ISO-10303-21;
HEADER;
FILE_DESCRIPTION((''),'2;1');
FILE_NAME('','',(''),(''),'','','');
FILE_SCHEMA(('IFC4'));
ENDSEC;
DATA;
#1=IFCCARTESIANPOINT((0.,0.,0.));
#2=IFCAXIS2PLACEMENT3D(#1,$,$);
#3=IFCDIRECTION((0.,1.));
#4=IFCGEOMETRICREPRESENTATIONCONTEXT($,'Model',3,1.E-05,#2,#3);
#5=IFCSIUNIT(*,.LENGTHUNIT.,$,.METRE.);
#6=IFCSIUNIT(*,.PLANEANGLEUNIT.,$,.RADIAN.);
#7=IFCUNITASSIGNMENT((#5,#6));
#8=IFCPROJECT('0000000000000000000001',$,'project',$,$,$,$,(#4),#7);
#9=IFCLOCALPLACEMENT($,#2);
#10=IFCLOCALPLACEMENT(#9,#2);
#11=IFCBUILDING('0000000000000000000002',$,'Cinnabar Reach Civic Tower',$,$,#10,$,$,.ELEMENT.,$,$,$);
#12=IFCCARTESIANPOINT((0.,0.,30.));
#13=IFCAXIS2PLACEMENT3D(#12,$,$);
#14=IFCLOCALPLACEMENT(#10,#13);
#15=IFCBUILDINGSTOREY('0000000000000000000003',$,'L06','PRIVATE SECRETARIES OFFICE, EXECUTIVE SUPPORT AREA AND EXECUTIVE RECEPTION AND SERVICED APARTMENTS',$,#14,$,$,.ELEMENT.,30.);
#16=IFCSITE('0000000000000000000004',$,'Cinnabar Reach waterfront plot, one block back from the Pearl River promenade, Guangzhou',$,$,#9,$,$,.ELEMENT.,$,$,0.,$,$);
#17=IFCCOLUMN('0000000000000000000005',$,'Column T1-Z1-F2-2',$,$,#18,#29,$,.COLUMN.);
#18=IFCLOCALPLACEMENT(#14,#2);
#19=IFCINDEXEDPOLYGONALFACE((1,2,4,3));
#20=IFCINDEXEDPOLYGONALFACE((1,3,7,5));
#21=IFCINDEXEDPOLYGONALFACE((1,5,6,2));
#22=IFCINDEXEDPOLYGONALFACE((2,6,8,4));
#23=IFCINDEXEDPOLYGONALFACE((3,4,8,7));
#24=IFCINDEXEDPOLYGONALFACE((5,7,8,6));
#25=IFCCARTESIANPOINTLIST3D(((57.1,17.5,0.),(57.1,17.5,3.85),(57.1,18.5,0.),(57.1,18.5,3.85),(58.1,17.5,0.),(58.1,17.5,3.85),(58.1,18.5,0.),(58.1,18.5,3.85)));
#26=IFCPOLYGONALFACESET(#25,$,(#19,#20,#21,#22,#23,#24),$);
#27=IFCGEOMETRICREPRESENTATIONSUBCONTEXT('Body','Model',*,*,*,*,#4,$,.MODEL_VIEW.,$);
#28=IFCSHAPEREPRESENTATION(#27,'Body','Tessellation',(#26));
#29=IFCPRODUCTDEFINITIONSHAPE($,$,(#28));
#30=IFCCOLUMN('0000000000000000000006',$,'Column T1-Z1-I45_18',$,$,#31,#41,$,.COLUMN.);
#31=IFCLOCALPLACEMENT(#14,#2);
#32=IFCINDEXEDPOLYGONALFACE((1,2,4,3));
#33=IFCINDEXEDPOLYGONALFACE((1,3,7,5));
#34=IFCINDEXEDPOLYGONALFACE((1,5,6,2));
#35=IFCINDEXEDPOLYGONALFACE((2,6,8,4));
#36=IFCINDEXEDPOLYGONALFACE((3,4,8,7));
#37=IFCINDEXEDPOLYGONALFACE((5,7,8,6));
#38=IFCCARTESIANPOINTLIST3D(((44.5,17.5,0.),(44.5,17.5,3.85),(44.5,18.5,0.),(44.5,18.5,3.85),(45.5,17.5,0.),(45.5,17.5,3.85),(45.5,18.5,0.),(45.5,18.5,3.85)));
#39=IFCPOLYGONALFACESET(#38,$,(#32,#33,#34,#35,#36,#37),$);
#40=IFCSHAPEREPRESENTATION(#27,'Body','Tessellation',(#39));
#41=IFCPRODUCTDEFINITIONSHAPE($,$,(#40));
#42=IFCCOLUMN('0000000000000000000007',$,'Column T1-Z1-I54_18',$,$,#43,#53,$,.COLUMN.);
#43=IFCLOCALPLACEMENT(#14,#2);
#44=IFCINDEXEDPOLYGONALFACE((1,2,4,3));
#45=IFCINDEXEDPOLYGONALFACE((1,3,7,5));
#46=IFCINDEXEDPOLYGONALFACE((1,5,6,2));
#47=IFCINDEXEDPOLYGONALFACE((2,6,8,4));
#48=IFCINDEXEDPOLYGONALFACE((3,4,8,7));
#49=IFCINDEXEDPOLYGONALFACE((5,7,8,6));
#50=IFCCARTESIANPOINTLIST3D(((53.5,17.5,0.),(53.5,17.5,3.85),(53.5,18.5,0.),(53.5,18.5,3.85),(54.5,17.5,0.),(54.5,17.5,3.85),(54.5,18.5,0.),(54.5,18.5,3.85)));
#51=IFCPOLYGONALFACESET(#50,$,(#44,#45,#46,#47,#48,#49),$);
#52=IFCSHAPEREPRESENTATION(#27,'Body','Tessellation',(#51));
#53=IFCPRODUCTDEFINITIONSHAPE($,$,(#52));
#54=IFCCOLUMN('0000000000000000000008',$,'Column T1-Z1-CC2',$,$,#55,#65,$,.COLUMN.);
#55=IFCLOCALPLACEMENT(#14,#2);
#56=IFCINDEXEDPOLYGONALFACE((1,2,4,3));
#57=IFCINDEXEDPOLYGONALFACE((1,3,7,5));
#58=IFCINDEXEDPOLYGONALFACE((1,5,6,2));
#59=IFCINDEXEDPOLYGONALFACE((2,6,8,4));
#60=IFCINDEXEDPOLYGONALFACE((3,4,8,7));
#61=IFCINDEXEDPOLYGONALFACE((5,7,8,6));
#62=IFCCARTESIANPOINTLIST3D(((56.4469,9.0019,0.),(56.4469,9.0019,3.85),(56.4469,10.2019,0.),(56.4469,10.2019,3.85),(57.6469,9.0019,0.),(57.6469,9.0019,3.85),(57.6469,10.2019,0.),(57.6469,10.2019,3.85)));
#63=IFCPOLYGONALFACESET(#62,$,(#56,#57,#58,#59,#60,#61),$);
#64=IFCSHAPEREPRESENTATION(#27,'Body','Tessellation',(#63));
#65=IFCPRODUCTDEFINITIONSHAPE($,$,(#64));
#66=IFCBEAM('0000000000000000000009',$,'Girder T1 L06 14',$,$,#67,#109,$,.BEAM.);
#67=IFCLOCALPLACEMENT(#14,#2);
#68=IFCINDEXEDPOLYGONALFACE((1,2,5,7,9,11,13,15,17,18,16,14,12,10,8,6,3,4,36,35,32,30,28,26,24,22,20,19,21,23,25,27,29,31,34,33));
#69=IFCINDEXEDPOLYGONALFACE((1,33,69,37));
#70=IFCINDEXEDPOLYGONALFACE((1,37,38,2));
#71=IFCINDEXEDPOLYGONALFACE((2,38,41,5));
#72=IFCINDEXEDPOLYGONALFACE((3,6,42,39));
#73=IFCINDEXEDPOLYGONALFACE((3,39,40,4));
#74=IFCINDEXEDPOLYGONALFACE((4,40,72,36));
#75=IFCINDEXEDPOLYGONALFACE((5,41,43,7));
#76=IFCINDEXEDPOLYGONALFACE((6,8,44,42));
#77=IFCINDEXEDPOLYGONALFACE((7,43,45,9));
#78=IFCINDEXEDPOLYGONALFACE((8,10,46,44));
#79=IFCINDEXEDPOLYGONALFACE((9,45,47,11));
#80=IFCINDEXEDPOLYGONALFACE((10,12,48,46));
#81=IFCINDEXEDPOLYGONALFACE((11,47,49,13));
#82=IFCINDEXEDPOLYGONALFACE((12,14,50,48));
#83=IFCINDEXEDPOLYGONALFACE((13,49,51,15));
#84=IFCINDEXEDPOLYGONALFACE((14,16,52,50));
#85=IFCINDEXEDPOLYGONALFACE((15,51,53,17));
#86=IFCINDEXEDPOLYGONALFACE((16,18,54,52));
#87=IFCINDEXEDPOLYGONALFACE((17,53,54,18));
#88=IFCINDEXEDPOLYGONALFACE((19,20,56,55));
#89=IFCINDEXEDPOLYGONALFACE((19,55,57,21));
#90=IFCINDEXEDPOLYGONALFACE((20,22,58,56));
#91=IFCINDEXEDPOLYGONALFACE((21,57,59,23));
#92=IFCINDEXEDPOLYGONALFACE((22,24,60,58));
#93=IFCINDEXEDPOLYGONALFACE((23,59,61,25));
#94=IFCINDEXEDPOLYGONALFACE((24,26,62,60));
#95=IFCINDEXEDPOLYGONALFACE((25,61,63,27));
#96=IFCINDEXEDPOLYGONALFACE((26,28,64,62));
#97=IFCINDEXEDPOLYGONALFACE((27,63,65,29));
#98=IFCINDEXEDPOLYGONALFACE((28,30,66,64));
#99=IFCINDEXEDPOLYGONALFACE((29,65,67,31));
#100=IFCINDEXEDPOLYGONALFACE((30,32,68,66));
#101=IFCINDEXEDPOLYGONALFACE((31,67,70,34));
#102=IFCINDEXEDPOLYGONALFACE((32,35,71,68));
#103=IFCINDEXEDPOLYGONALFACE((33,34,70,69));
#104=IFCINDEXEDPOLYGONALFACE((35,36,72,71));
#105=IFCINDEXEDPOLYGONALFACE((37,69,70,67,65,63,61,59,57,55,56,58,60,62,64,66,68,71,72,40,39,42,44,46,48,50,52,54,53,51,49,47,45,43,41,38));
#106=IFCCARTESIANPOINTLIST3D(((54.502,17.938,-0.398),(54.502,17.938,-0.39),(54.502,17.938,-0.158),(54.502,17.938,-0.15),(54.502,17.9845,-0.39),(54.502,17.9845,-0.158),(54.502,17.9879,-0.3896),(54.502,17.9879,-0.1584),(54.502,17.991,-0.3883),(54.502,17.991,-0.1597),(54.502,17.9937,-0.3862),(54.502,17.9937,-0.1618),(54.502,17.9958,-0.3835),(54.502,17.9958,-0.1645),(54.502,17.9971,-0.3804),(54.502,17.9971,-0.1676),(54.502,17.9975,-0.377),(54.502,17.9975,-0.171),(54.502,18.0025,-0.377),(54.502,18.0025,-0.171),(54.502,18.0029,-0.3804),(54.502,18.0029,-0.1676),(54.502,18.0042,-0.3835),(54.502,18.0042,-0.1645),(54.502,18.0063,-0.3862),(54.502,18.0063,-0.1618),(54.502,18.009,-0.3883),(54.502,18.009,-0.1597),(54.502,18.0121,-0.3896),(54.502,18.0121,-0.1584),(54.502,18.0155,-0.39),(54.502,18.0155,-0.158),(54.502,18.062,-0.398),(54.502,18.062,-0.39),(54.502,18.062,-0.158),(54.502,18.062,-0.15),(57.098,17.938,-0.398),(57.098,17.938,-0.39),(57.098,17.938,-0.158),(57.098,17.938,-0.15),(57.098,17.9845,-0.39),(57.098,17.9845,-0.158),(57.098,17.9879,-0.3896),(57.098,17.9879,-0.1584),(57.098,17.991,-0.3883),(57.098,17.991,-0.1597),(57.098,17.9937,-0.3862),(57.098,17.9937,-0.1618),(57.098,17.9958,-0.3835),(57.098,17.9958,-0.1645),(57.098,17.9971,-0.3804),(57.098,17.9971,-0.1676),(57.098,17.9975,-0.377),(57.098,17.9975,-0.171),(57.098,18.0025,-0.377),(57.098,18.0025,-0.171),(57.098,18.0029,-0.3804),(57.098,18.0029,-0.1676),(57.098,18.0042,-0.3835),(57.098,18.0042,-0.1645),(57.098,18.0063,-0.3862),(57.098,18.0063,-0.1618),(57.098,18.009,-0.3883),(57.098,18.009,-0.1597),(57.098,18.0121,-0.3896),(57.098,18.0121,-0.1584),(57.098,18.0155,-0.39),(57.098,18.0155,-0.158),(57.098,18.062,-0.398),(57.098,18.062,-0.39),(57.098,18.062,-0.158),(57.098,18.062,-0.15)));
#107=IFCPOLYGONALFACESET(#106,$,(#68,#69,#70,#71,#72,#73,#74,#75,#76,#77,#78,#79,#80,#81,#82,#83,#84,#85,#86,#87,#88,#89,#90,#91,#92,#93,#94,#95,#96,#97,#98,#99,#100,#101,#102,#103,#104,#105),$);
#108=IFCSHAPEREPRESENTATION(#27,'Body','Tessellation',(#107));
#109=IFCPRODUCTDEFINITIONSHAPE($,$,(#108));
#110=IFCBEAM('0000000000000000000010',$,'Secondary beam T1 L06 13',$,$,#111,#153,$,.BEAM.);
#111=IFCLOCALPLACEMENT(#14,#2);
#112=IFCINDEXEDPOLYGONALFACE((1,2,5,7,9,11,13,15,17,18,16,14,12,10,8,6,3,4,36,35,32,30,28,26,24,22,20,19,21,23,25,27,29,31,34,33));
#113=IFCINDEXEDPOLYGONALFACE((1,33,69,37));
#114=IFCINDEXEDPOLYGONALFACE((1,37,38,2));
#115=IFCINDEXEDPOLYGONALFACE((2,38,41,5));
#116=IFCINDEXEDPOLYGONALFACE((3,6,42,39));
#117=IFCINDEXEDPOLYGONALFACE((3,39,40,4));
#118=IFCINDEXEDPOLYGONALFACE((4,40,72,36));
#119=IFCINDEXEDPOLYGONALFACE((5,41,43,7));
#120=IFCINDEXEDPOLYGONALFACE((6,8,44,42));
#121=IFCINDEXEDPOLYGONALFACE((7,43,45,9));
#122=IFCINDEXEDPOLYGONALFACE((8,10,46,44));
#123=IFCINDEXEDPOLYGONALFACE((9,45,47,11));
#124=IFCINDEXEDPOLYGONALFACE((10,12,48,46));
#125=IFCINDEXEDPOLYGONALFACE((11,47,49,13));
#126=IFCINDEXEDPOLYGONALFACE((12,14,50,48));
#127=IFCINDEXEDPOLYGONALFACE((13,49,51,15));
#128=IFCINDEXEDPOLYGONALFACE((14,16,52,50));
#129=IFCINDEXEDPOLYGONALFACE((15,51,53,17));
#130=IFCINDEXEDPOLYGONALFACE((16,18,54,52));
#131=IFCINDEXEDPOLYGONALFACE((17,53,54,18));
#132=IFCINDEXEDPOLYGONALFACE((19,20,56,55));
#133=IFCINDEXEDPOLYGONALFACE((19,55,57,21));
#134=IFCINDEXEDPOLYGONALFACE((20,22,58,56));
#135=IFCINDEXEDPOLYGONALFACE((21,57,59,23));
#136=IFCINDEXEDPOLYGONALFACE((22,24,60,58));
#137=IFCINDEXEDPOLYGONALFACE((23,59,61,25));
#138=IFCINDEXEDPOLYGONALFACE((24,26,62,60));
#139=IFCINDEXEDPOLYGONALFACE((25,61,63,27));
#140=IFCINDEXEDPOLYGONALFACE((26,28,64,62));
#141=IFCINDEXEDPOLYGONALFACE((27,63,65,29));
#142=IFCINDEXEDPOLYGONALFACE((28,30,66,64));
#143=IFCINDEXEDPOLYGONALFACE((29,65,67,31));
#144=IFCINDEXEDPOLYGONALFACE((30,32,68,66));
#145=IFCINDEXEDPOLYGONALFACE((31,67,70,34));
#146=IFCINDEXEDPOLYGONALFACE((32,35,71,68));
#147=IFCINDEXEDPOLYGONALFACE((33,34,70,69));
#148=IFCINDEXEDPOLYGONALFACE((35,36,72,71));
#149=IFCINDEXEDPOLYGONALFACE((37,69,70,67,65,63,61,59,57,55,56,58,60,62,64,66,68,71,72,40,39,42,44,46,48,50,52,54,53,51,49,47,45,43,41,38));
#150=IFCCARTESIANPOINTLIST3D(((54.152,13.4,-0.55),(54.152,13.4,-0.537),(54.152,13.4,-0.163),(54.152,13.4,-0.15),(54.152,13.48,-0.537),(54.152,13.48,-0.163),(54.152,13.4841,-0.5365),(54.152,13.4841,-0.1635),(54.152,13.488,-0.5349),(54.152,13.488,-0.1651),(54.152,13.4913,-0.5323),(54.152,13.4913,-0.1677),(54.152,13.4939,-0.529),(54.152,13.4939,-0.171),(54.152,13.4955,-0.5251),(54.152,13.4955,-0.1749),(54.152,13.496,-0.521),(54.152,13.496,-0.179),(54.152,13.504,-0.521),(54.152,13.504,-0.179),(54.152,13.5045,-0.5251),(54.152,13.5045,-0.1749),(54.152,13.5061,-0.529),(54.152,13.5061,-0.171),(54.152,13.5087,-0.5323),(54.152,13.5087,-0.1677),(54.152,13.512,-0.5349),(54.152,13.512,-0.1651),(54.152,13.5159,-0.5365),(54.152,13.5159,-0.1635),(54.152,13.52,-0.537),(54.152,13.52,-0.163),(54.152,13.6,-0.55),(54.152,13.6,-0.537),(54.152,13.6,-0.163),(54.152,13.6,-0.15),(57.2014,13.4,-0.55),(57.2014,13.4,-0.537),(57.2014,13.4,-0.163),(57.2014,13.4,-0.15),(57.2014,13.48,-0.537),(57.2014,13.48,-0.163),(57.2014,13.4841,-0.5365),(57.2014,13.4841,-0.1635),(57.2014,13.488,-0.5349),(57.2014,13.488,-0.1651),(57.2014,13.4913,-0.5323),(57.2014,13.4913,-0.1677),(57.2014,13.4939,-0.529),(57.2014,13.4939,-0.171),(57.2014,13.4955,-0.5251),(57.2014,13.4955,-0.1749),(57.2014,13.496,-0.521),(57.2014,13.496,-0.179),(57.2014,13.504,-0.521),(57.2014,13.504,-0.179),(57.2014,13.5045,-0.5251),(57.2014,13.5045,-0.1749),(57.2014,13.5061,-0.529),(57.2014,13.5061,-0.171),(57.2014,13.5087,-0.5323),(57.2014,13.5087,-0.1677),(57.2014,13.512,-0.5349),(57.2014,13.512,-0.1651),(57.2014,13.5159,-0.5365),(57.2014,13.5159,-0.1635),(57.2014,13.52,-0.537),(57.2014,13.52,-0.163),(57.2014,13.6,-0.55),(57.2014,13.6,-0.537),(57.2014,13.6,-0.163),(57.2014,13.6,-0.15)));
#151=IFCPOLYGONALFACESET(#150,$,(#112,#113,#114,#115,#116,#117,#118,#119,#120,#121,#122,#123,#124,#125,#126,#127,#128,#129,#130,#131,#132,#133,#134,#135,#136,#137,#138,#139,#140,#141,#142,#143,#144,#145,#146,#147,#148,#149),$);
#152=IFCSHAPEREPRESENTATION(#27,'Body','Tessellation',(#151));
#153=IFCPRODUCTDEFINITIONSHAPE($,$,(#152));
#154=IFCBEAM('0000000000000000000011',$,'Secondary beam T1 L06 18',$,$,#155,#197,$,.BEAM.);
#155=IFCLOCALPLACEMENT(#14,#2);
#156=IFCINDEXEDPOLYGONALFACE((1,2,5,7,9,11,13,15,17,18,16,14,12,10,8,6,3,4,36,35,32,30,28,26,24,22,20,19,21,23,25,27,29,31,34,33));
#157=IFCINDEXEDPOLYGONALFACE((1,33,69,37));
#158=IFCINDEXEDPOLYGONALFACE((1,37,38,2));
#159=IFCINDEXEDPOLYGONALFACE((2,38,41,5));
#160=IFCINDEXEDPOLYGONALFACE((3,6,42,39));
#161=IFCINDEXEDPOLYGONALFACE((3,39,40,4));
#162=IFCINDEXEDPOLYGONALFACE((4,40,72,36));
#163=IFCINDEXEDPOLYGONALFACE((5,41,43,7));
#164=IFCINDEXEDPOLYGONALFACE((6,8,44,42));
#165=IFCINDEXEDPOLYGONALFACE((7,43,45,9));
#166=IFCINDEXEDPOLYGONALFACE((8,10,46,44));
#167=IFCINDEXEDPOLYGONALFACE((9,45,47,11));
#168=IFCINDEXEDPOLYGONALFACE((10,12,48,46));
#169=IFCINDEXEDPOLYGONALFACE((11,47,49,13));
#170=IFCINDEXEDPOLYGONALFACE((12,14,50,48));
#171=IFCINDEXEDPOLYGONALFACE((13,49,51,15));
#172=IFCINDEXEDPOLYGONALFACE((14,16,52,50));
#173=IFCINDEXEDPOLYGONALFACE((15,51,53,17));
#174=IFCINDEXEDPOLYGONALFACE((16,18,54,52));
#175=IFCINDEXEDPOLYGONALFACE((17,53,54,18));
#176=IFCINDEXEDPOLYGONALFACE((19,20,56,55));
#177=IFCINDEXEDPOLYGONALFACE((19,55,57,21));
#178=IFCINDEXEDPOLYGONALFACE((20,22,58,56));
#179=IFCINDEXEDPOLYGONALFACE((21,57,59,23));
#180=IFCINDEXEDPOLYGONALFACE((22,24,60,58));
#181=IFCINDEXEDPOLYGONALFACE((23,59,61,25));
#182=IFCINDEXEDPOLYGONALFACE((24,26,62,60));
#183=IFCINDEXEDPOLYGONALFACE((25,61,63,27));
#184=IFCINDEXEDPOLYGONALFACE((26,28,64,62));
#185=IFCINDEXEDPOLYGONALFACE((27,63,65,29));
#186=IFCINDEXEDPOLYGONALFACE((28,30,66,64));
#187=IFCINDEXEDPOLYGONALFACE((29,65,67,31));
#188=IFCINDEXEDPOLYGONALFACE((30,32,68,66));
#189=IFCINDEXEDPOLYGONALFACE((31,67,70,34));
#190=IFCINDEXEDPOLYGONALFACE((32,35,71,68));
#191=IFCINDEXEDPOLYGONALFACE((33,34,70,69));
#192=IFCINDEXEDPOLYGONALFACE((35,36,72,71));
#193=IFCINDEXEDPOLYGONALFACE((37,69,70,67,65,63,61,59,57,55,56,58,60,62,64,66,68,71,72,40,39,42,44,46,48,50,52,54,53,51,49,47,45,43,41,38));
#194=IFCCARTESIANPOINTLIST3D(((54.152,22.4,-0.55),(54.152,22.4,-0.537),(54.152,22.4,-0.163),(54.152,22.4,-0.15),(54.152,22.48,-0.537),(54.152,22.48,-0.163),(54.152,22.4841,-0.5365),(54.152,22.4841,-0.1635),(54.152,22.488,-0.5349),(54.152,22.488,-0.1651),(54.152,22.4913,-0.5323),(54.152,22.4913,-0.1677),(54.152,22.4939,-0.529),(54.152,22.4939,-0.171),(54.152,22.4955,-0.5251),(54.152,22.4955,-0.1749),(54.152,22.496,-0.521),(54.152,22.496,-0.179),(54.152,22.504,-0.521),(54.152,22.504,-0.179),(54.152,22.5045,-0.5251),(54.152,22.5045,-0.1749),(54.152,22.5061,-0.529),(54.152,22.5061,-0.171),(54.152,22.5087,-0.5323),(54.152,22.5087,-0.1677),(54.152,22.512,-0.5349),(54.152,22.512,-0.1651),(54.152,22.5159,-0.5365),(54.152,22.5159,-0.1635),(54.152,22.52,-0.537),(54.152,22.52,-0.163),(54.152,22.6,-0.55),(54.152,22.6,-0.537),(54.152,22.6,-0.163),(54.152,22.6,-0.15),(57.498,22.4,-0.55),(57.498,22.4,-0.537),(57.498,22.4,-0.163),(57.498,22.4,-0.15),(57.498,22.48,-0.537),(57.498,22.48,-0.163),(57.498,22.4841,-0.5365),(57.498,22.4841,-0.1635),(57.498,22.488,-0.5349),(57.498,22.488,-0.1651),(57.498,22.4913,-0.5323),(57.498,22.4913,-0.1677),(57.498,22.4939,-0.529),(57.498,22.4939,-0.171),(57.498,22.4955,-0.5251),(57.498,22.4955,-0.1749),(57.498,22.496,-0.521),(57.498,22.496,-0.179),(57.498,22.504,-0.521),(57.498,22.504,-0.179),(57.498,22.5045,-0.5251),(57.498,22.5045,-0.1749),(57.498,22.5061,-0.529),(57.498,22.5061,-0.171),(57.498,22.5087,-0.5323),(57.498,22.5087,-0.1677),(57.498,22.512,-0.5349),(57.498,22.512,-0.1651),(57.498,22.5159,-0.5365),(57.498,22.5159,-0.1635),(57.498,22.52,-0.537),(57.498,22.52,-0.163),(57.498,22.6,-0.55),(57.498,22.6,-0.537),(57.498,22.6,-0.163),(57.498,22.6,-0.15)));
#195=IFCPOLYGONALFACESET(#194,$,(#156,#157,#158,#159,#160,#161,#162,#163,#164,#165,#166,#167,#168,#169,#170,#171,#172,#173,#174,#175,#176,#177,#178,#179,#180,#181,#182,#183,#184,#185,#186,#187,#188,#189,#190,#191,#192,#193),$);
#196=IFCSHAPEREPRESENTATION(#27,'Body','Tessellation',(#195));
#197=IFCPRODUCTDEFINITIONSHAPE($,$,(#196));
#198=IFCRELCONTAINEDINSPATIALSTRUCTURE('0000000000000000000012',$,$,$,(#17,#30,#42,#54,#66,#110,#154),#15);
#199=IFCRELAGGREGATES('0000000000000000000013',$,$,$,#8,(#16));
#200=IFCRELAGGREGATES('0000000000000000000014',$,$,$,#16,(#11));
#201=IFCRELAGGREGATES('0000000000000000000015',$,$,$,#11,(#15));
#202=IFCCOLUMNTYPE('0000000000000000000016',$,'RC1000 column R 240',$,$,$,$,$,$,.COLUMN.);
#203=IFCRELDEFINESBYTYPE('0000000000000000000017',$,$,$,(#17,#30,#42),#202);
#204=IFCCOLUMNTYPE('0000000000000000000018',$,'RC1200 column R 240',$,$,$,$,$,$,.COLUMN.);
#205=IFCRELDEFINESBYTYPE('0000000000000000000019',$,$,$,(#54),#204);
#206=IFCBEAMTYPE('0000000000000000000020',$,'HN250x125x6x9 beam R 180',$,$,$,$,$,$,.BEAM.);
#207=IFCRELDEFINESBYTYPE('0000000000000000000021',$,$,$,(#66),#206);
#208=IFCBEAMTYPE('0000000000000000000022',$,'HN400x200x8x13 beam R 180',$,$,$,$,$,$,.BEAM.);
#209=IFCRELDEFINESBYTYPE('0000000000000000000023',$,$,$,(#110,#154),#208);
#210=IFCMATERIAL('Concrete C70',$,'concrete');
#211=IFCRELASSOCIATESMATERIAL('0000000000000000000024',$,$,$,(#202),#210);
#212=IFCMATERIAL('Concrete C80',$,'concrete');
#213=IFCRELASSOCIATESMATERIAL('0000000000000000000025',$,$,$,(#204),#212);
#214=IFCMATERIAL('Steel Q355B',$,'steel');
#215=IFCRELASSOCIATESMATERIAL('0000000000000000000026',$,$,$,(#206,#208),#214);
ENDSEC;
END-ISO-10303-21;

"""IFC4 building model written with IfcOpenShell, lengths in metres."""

from ifc_helpers import new_model, si_unit, direction, frame, origin, origin_2d, place, context, subcontext, project, spatial, rectangle, i_section, extrude, material, material_profile, profile_set, type_object, element, save


model = new_model("IFC4")

# Units and contexts
model_context = context("Model", 3, precision=1e-05, world=origin(), true_north=direction((0.0, 1.0)))
body_context = subcontext(model_context, "Body", "Model", "MODEL_VIEW")
ifc_project = project(units=[si_unit("LENGTHUNIT", "METRE"), si_unit("PLANEANGLEUNIT", "RADIAN")], contexts=[model_context])

# Site, building, storey
site_placement = place(None, origin())
site = spatial("IfcSite", under=ifc_project, at=site_placement, Name="Cinnabar Reach waterfront plot, one block back from the Pearl River promenade, Guangzhou", CompositionType="ELEMENT", RefElevation=0.0)
building_placement = place(site_placement, origin())
building = spatial("IfcBuilding", under=site, at=building_placement, Name="Cinnabar Reach Civic Tower", CompositionType="ELEMENT")
storey_placement = place(building_placement, frame((0.0, 0.0, 30.0)))
storey = spatial("IfcBuildingStorey", under=building, at=storey_placement, Name="L06", Description="PRIVATE SECRETARIES OFFICE, EXECUTIVE SUPPORT AREA AND EXECUTIVE RECEPTION AND SERVICED APARTMENTS", CompositionType="ELEMENT", Elevation=30.0)

# Columns
ifc_material_1 = material(Name="Concrete C70", Category="concrete")
ifc_material_profile_1 = material_profile(ifc_material_1, rectangle(XDim=1.0, YDim=1.0, at=origin_2d()), Name="RC1000")
ifc_profile_set_1 = profile_set([ifc_material_profile_1], Name="Concrete C70")
column_type_1 = type_object("IfcColumnType", Name="RC1000 column R 240", PredefinedType="COLUMN", material=ifc_profile_set_1)
for number, where, z_axis, x_axis, name in (
    (1, (57.6, 18.0, 0.0), (0.0, 0.0, 1.0), (1.0, 0.0, 0.0), "Column T1-Z1-F2-2"),
    (2, (45.0, 18.0, 0.0), (0.0, 0.0, 1.0), (1.0, 0.0, 0.0), "Column T1-Z1-I45_18"),
    (3, (54.0, 18.0, 0.0), (0.0, 0.0, 1.0), (1.0, 0.0, 0.0), "Column T1-Z1-I54_18"),
):
    element("IfcColumn", number, at=place(storey_placement, frame(where, z_axis=z_axis, x_axis=x_axis)), inside=storey, type_object=column_type_1, Name=name, PredefinedType="COLUMN", context=body_context, shape_type="SweptSolid", body=[
        extrude(rectangle(XDim=1.0, YDim=1.0, at=origin_2d()), origin(), (0.0, 0.0, 1.0), 3.85),
    ])
ifc_material_2 = material(Name="Concrete C80", Category="concrete")
ifc_material_profile_2 = material_profile(ifc_material_2, rectangle(XDim=1.2, YDim=1.2, at=origin_2d()), Name="RC1200")
ifc_profile_set_2 = profile_set([ifc_material_profile_2], Name="Concrete C80")
column_type_2 = type_object("IfcColumnType", Name="RC1200 column R 240", PredefinedType="COLUMN", material=ifc_profile_set_2)
column_placement = place(storey_placement, frame((57.0469, 9.6019, 0.0), z_axis=(0.0, 0.0, 1.0), x_axis=(1.0, 0.0, 0.0)))
element("IfcColumn", 4, at=column_placement, inside=storey, type_object=column_type_2, Name="Column T1-Z1-CC2", PredefinedType="COLUMN", context=body_context, shape_type="SweptSolid", body=[
    extrude(rectangle(XDim=1.2, YDim=1.2, at=origin_2d()), origin(), (0.0, 0.0, 1.0), 3.85),
])

# Beams
ifc_material_3 = material(Name="Steel Q355B", Category="steel")
ifc_material_profile_3 = material_profile(ifc_material_3, i_section(OverallWidth=0.124, OverallDepth=0.248, WebThickness=0.005, FlangeThickness=0.008, FilletRadius=0.013, at=origin_2d()), Name="HN250x125x6x9")
ifc_profile_set_3 = profile_set([ifc_material_profile_3], Name="Steel Q355B")
beam_type_1 = type_object("IfcBeamType", Name="HN250x125x6x9 beam R 180", PredefinedType="BEAM", material=ifc_profile_set_3)
beam_1_placement = place(storey_placement, frame((54.502, 18.0, -0.274), z_axis=(1.0, 0.0, 0.0), x_axis=(0.0, 1.0, 0.0)))
element("IfcBeam", 5, at=beam_1_placement, inside=storey, type_object=beam_type_1, Name="Girder T1 L06 14", PredefinedType="BEAM", context=body_context, shape_type="SweptSolid", body=[
    extrude(i_section(OverallWidth=0.124, OverallDepth=0.248, WebThickness=0.005, FlangeThickness=0.008, FilletRadius=0.013, at=origin_2d()), origin(), (0.0, 0.0, 1.0), 2.596),
])
ifc_material_profile_4 = material_profile(ifc_material_3, i_section(OverallWidth=0.2, OverallDepth=0.4, WebThickness=0.008, FlangeThickness=0.013, FilletRadius=0.016, at=origin_2d()), Name="HN400x200x8x13")
ifc_profile_set_4 = profile_set([ifc_material_profile_4], Name="Steel Q355B")
beam_type_2 = type_object("IfcBeamType", Name="HN400x200x8x13 beam R 180", PredefinedType="BEAM", material=ifc_profile_set_4)
beam_2_placement = place(storey_placement, frame((54.152, 13.5, -0.35), z_axis=(1.0, 0.0, 0.0), x_axis=(0.0, 1.0, 0.0)))
element("IfcBeam", 6, at=beam_2_placement, inside=storey, type_object=beam_type_2, Name="Secondary beam T1 L06 13", PredefinedType="BEAM", context=body_context, shape_type="SweptSolid", body=[
    extrude(i_section(OverallWidth=0.2, OverallDepth=0.4, WebThickness=0.008, FlangeThickness=0.013, FilletRadius=0.016, at=origin_2d()), origin(), (0.0, 0.0, 1.0), 3.0494),
])
beam_3_placement = place(storey_placement, frame((54.152, 22.5, -0.35), z_axis=(1.0, 0.0, 0.0), x_axis=(0.0, 1.0, 0.0)))
element("IfcBeam", 7, at=beam_3_placement, inside=storey, type_object=beam_type_2, Name="Secondary beam T1 L06 18", PredefinedType="BEAM", context=body_context, shape_type="SweptSolid", body=[
    extrude(i_section(OverallWidth=0.2, OverallDepth=0.4, WebThickness=0.008, FlangeThickness=0.013, FilletRadius=0.016, at=origin_2d()), origin(), (0.0, 0.0, 1.0), 3.346),
])

save(model, "model.ifc")
